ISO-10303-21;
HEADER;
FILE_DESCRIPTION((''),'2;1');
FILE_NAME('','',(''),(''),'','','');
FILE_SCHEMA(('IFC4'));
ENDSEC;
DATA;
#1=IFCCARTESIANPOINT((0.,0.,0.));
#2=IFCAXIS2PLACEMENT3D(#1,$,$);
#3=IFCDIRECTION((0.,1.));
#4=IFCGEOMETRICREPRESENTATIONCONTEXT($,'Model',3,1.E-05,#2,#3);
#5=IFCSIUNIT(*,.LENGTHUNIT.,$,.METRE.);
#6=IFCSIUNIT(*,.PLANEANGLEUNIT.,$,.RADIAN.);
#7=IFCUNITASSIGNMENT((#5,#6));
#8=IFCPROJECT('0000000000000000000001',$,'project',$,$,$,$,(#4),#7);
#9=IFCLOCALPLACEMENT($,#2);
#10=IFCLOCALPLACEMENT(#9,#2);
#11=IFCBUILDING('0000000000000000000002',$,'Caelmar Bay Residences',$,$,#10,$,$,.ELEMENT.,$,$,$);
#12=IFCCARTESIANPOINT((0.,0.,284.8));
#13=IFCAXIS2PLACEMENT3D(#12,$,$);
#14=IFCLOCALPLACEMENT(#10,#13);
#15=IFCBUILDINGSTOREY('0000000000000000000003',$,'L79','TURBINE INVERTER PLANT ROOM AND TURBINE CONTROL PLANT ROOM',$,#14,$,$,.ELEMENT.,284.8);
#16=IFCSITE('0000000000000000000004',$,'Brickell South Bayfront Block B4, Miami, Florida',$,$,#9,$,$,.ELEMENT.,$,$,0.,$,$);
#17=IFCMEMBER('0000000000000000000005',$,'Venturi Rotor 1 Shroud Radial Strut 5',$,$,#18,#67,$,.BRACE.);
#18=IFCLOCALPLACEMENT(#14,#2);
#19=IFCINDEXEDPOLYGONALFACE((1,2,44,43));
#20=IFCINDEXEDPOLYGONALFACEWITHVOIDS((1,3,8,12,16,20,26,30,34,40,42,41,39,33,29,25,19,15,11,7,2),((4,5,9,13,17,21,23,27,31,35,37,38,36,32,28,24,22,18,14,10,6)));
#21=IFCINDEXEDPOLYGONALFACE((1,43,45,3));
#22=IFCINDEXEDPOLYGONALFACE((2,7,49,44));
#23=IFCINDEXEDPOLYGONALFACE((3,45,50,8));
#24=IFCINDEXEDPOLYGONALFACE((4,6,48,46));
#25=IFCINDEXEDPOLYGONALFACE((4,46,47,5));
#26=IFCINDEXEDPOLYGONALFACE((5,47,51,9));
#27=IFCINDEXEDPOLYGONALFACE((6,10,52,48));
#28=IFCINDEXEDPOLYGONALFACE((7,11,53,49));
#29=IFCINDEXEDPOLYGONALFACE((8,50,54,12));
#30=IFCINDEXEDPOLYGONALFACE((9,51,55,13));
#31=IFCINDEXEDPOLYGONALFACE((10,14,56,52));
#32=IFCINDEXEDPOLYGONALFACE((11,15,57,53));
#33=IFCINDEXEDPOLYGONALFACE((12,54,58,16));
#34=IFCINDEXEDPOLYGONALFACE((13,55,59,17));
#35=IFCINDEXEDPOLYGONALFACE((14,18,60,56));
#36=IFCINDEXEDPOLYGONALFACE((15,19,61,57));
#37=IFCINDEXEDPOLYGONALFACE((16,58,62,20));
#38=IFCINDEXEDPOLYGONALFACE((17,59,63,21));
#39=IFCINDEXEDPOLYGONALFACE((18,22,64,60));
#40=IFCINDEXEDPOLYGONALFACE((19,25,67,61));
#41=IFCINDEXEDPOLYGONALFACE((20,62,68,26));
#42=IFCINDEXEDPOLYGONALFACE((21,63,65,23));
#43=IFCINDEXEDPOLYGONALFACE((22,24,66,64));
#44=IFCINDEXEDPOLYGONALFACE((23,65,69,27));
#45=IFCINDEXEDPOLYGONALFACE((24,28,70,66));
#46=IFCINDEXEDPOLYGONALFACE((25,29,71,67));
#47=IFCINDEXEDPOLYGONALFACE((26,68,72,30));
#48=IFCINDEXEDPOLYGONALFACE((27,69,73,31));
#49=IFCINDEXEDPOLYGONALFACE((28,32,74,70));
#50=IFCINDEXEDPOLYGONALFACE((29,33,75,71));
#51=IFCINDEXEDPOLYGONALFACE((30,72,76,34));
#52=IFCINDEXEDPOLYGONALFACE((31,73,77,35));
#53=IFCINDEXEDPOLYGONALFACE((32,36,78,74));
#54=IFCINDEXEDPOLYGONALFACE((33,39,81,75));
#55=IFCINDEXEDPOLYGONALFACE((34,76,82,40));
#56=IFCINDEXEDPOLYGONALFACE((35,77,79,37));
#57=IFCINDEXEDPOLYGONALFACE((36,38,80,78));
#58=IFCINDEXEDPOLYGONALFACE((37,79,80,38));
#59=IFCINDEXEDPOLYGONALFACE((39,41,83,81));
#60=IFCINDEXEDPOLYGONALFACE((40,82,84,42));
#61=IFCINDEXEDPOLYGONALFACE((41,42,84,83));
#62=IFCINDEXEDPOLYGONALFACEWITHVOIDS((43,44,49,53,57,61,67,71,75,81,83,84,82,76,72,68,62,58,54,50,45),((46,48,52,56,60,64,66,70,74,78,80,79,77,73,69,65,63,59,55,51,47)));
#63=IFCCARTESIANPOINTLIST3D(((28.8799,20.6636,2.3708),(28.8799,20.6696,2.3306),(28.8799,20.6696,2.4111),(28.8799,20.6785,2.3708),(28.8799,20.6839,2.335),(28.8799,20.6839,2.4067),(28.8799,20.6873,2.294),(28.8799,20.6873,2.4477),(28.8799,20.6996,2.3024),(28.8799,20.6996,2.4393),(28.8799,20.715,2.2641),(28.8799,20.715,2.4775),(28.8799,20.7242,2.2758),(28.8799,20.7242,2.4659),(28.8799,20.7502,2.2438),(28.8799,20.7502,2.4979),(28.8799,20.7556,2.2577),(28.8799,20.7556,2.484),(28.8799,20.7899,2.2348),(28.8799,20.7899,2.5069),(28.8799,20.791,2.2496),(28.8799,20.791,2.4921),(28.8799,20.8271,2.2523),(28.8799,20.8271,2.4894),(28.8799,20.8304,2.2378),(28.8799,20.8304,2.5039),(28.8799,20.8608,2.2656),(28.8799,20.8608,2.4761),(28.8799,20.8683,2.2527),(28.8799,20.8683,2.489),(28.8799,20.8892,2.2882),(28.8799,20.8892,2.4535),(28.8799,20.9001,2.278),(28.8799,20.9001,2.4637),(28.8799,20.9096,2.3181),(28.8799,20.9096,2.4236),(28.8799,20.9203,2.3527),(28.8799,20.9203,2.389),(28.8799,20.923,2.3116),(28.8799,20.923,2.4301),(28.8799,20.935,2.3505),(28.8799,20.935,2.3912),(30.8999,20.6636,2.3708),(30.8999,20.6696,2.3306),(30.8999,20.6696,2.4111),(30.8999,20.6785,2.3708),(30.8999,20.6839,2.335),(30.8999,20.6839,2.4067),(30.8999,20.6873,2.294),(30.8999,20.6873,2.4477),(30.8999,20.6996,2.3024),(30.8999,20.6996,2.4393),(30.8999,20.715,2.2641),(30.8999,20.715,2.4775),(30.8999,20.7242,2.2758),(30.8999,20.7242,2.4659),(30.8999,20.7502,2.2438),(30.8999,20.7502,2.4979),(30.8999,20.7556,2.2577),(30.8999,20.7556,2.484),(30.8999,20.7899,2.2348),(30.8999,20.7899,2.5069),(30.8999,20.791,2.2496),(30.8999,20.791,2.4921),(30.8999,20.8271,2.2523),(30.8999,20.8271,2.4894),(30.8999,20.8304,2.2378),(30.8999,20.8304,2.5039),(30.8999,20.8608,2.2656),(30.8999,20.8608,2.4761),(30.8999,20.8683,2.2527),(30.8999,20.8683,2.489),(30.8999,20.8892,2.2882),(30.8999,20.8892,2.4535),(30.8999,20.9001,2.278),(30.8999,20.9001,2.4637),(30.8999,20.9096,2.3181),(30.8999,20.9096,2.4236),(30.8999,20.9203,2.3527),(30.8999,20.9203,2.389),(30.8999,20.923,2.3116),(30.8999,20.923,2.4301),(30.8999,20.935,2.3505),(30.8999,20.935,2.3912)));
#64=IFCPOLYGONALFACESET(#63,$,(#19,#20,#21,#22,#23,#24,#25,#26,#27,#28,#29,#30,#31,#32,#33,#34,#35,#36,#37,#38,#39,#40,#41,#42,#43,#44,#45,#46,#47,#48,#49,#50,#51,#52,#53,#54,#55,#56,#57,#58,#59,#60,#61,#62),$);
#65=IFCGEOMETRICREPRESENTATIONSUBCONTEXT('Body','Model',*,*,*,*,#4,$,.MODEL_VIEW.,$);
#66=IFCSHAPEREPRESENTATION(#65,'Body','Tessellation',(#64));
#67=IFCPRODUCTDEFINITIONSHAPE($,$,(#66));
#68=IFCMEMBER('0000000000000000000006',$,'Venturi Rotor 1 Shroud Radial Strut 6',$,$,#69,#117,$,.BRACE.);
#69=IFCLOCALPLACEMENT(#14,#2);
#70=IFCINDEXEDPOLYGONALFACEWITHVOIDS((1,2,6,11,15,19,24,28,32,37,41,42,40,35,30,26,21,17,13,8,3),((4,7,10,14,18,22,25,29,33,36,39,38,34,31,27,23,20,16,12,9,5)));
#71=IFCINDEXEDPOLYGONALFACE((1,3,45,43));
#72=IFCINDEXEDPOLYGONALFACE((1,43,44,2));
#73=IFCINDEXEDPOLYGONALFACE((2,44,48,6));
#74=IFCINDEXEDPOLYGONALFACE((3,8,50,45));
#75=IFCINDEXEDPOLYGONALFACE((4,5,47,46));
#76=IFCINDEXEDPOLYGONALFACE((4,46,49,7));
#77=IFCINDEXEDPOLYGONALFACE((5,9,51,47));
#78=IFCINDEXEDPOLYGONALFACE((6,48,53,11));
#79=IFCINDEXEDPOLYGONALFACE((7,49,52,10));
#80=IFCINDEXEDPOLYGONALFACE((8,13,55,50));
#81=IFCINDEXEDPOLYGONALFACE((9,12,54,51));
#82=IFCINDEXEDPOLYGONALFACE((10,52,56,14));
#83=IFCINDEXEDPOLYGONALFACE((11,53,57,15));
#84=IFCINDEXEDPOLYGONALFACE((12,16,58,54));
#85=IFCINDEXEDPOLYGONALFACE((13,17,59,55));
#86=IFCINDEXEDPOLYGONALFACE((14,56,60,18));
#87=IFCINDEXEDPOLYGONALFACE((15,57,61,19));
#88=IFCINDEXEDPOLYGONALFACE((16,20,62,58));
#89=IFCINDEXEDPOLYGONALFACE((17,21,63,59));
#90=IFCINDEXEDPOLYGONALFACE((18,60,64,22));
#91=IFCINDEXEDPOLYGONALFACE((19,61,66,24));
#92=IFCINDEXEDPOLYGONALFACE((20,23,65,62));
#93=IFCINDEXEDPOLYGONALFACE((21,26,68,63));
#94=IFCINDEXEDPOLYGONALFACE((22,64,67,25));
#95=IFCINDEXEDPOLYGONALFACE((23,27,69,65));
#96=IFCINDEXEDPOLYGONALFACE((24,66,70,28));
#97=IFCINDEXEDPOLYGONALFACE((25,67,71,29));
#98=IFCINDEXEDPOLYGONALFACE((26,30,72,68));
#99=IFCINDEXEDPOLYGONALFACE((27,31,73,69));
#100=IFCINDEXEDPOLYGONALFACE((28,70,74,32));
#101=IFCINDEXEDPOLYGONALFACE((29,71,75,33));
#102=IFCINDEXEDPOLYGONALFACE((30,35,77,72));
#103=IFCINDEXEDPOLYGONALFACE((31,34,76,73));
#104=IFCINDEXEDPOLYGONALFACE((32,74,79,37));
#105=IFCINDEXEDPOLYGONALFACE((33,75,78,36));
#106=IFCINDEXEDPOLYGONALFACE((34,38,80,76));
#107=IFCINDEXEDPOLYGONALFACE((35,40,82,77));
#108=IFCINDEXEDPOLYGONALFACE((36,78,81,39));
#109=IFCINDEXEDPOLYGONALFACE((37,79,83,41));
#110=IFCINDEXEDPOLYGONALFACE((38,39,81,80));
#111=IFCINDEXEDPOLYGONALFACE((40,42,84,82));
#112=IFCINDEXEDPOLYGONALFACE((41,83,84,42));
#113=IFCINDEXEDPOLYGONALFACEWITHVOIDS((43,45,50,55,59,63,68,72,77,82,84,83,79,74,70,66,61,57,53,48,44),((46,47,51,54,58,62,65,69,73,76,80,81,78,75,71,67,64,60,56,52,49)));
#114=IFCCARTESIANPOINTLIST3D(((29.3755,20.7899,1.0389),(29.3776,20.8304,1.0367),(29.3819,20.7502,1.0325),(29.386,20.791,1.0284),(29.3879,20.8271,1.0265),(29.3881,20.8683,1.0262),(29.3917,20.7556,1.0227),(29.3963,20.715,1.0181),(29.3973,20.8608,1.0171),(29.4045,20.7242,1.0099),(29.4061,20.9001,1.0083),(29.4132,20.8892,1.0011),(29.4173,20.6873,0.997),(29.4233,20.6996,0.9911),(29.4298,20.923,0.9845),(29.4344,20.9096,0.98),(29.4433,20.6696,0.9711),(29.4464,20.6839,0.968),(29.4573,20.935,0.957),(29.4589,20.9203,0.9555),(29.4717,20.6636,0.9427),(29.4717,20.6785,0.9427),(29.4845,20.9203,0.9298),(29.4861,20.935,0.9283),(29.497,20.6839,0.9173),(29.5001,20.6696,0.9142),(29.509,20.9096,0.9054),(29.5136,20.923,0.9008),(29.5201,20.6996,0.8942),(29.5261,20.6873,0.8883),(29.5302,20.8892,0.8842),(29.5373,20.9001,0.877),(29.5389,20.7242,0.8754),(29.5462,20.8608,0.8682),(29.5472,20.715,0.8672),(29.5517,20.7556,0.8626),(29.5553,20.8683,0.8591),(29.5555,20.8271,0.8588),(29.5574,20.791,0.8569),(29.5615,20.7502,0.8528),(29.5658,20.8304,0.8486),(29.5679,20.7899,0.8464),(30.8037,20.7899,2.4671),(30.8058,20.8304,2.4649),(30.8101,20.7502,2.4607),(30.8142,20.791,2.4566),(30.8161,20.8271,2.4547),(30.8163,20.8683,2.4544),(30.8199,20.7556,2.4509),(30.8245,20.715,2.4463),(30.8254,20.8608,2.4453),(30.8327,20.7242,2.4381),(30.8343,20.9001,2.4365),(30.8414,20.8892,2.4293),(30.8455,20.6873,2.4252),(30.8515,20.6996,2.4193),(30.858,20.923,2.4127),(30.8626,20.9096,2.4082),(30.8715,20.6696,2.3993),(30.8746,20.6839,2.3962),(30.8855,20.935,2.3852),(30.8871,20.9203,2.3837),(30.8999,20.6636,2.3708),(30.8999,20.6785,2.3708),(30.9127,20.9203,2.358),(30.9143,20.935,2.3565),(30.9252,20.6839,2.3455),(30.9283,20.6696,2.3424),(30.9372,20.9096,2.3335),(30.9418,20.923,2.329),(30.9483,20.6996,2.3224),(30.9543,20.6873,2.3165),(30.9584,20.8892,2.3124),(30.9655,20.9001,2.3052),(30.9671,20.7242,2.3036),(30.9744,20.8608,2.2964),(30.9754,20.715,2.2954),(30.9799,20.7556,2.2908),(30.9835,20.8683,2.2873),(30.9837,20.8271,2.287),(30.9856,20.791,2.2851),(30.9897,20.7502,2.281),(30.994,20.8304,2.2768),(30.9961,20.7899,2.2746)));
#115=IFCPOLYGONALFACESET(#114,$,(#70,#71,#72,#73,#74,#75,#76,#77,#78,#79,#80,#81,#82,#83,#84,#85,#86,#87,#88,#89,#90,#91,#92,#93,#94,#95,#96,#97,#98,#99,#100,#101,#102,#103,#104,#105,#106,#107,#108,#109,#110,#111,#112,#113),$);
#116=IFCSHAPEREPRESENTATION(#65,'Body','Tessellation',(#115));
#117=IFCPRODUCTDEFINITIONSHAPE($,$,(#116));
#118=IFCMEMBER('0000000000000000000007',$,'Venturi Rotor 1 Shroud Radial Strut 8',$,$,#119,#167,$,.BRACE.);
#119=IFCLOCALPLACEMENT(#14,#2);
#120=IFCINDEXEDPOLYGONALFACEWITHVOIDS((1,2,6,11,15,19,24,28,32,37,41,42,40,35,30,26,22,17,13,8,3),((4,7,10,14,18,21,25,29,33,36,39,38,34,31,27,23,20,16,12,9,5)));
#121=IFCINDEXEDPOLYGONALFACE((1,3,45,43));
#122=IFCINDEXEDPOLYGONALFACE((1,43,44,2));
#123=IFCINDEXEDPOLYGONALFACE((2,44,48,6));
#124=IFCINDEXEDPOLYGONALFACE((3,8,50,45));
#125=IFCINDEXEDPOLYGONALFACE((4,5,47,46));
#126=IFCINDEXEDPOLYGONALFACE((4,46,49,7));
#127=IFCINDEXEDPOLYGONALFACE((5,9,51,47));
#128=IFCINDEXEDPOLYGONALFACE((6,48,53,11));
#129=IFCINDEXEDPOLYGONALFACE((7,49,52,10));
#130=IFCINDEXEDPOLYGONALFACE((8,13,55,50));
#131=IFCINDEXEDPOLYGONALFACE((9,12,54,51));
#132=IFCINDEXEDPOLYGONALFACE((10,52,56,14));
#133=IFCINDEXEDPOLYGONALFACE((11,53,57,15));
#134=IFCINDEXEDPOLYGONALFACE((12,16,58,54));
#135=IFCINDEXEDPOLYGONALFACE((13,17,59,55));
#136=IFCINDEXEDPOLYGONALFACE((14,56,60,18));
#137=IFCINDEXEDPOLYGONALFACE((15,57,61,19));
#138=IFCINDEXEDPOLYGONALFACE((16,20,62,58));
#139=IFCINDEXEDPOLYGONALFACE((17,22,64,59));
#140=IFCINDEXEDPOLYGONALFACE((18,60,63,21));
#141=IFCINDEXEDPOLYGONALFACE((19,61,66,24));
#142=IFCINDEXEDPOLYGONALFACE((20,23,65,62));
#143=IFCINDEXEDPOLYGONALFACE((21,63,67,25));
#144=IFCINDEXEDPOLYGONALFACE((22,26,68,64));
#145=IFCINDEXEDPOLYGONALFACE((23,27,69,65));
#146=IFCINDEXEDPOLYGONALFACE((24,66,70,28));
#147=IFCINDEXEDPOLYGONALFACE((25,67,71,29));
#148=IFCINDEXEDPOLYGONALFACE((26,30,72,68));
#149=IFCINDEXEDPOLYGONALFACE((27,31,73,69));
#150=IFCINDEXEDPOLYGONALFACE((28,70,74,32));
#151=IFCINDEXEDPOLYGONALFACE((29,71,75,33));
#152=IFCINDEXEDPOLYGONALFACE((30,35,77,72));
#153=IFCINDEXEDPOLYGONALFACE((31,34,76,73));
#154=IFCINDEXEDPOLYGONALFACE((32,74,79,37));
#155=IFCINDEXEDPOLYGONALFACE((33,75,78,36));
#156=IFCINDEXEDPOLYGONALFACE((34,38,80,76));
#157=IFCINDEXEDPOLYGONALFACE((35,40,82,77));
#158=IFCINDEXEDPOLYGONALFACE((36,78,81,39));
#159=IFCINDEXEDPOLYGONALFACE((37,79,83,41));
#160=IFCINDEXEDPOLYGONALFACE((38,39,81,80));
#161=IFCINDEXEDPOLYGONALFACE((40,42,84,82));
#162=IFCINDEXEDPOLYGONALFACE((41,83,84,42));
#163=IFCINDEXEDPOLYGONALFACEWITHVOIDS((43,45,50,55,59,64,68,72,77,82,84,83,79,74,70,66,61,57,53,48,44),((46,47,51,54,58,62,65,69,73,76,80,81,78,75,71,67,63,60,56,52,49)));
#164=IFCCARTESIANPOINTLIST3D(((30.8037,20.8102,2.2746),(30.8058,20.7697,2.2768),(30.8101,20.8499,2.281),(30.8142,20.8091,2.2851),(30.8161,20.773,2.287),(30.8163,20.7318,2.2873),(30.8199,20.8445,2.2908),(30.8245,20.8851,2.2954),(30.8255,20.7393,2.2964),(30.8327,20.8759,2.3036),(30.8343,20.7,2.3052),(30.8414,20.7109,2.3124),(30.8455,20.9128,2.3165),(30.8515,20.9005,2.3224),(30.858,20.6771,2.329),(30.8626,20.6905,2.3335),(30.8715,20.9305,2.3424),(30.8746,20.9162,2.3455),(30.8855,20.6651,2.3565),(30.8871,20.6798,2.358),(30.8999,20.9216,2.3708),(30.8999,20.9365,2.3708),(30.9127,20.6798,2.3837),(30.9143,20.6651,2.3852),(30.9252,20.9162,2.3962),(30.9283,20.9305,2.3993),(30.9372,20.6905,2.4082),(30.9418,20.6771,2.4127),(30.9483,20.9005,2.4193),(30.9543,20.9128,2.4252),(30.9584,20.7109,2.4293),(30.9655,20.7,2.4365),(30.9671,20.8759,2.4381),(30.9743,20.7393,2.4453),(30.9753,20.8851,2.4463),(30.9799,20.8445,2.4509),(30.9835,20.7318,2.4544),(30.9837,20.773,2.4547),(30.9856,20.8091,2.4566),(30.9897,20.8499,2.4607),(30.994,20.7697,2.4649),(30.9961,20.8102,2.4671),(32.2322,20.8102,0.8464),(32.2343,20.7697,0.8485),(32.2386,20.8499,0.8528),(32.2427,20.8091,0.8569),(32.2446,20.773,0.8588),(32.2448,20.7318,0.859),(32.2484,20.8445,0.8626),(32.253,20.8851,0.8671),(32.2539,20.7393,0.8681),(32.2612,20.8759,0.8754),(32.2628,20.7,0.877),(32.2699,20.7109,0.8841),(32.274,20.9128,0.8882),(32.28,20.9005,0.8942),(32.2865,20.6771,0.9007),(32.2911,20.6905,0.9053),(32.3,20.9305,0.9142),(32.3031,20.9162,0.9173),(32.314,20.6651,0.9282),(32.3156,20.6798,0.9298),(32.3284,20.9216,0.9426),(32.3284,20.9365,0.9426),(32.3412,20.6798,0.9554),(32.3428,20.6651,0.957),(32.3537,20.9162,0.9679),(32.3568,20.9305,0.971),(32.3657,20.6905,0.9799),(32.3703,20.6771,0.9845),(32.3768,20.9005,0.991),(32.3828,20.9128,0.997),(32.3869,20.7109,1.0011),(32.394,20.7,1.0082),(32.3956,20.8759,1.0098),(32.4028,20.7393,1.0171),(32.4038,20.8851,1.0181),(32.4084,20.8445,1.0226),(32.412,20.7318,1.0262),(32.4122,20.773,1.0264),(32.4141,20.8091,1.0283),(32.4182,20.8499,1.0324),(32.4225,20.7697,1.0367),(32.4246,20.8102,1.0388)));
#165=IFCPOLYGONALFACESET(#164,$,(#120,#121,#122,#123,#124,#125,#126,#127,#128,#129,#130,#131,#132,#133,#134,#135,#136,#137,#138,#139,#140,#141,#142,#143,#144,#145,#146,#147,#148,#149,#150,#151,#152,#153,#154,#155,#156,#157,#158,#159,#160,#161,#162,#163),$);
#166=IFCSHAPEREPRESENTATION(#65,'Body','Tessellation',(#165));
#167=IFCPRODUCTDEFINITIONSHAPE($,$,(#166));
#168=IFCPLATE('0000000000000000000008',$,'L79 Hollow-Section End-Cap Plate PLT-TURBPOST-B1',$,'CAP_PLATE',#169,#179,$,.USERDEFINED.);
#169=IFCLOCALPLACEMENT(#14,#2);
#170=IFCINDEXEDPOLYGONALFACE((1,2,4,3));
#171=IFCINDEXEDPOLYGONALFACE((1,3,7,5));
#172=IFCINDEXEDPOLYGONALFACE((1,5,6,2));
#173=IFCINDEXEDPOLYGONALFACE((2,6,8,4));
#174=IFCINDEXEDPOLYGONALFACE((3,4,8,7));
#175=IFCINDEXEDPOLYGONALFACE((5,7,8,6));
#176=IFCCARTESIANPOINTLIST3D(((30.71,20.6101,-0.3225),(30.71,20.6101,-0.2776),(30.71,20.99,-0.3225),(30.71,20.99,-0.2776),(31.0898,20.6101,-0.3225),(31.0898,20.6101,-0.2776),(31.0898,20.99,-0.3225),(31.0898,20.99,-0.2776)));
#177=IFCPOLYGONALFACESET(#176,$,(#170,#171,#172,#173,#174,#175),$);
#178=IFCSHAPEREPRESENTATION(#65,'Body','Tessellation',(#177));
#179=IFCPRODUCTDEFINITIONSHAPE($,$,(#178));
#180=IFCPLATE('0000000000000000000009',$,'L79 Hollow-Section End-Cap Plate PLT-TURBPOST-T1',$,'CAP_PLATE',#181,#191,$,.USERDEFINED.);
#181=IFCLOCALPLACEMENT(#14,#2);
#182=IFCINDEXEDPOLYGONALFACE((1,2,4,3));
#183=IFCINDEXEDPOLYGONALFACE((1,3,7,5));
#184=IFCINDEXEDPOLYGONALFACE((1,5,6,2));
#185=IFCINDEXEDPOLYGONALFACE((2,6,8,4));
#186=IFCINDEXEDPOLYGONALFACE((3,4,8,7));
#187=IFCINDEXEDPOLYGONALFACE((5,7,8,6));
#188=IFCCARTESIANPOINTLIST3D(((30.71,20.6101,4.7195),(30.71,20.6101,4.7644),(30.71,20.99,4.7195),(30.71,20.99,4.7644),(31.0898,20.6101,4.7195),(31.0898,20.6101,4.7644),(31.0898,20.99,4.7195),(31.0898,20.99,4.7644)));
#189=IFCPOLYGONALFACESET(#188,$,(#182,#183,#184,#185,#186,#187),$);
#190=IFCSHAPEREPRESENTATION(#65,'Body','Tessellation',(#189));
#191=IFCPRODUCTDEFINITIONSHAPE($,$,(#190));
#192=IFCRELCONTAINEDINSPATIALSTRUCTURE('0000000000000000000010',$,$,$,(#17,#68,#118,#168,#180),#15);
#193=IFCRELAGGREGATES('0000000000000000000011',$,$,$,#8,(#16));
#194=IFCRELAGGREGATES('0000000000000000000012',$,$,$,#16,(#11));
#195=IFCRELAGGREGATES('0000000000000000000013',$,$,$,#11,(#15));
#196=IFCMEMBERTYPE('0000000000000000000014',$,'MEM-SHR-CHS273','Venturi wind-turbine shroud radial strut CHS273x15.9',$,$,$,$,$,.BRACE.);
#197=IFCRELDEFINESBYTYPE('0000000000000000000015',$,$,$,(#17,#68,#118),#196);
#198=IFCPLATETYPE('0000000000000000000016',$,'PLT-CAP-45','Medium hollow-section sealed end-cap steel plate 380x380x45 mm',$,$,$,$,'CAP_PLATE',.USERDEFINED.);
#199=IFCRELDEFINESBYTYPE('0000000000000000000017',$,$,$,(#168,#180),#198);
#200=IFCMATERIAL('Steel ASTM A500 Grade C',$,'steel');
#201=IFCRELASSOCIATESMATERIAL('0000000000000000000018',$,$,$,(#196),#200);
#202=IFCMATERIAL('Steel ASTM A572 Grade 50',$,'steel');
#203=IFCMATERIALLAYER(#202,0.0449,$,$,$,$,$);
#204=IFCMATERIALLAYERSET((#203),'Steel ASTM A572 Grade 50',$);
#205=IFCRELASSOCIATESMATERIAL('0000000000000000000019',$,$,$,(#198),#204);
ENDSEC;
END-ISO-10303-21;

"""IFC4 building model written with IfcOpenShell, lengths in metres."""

from ifc_helpers import new_model, si_unit, direction, frame, origin, origin_2d, place, context, subcontext, project, spatial, rectangle, hollow_circle, extrude, material, layer, layer_set, material_profile, profile_set, type_object, element, save


model = new_model("IFC4")

# Units and contexts
model_context = context("Model", 3, precision=1e-05, world=origin(), true_north=direction((0.0, 1.0)))
body_context = subcontext(model_context, "Body", "Model", "MODEL_VIEW")
ifc_project = project(units=[si_unit("LENGTHUNIT", "METRE"), si_unit("PLANEANGLEUNIT", "RADIAN")], contexts=[model_context])

# Site, building, storey
site_placement = place(None, origin())
site = spatial("IfcSite", under=ifc_project, at=site_placement, Name="Brickell South Bayfront Block B4, Miami, Florida", CompositionType="ELEMENT", RefElevation=0.0)
building_placement = place(site_placement, origin())
building = spatial("IfcBuilding", under=site, at=building_placement, Name="Caelmar Bay Residences", CompositionType="ELEMENT")
storey_placement = place(building_placement, frame((0.0, 0.0, 284.8)))
storey = spatial("IfcBuildingStorey", under=building, at=storey_placement, Name="L79", Description="TURBINE INVERTER PLANT ROOM AND TURBINE CONTROL PLANT ROOM", CompositionType="ELEMENT", Elevation=284.8)

# Members
ifc_material_1 = material(Name="Steel ASTM A500 Grade C", Category="steel")
ifc_material_profile_1 = material_profile(ifc_material_1, hollow_circle(Radius=0.1365, WallThickness=0.0149, at=origin_2d()), Name="CHS273X15.9")
ifc_profile_set_1 = profile_set([ifc_material_profile_1], Name="Steel ASTM A500 Grade C")
member_type_1 = type_object("IfcMemberType", Name="MEM-SHR-CHS273", Description="Venturi wind-turbine shroud radial strut CHS273x15.9", PredefinedType="BRACE", material=ifc_profile_set_1)
for number, where, z_axis, x_axis, name in (
    (1, (30.8999, 20.8, 2.3708), (-1.0, 0.0, 0.0), (0.0, -1.0, 0.0), "Venturi Rotor 1 Shroud Radial Strut 5"),
):
    element("IfcMember", number, at=place(storey_placement, frame(where, z_axis=z_axis, x_axis=x_axis)), inside=storey, type_object=member_type_1, Name=name, PredefinedType="BRACE", context=body_context, shape_type="SweptSolid", body=[
        extrude(hollow_circle(Radius=0.1365, WallThickness=0.0149, at=origin_2d()), origin(), (0.0, 0.0, 1.0), 2.02),
    ])
member_1_placement = place(storey_placement, frame((30.8999, 20.8, 2.3708), z_axis=(-0.707107, 0.0, -0.707107), x_axis=(0.0, -1.0, 0.0)))
element("IfcMember", 2, at=member_1_placement, inside=storey, type_object=member_type_1, Name="Venturi Rotor 1 Shroud Radial Strut 6", PredefinedType="BRACE", context=body_context, shape_type="SweptSolid", body=[
    extrude(hollow_circle(Radius=0.1365, WallThickness=0.0149, at=origin_2d()), origin(), (0.0, 0.0, 1.0), 2.0198),
])
member_2_placement = place(storey_placement, frame((30.8999, 20.8, 2.3708), z_axis=(0.707167, 0.0, -0.707046), x_axis=(0.0, 1.0, 0.0)))
element("IfcMember", 3, at=member_2_placement, inside=storey, type_object=member_type_1, Name="Venturi Rotor 1 Shroud Radial Strut 8", PredefinedType="BRACE", context=body_context, shape_type="SweptSolid", body=[
    extrude(hollow_circle(Radius=0.1365, WallThickness=0.0149, at=origin_2d()), origin(), (0.0, 0.0, 1.0), 2.02),
])

# Plates
ifc_material_2 = material(Name="Steel ASTM A572 Grade 50", Category="steel")
ifc_layer_1 = layer(ifc_material_2, 0.0449)
ifc_layer_set_1 = layer_set([ifc_layer_1], Name="Steel ASTM A572 Grade 50")
plate_type_1 = type_object("IfcPlateType", Name="PLT-CAP-45", Description="Medium hollow-section sealed end-cap steel plate 380x380x45 mm", ElementType="CAP_PLATE", PredefinedType="USERDEFINED", material=ifc_layer_set_1)
for number, where, z_axis, x_axis, name in (
    (4, (30.8999, 20.8, -0.3225), (0.0, 0.0, 1.0), (1.0, 0.0, 0.0), "L79 Hollow-Section End-Cap Plate PLT-TURBPOST-B1"),
    (5, (30.8999, 20.8, 4.7195), (0.0, 0.0, 1.0), (1.0, 0.0, 0.0), "L79 Hollow-Section End-Cap Plate PLT-TURBPOST-T1"),
):
    element("IfcPlate", number, at=place(storey_placement, frame(where, z_axis=z_axis, x_axis=x_axis)), inside=storey, type_object=plate_type_1, Name=name, ObjectType="CAP_PLATE", PredefinedType="USERDEFINED", context=body_context, shape_type="SweptSolid", body=[
        extrude(rectangle(XDim=0.3799, YDim=0.3799, at=origin_2d()), origin(), (0.0, 0.0, 1.0), 0.0449),
    ])

save(model, "model.ifc")
